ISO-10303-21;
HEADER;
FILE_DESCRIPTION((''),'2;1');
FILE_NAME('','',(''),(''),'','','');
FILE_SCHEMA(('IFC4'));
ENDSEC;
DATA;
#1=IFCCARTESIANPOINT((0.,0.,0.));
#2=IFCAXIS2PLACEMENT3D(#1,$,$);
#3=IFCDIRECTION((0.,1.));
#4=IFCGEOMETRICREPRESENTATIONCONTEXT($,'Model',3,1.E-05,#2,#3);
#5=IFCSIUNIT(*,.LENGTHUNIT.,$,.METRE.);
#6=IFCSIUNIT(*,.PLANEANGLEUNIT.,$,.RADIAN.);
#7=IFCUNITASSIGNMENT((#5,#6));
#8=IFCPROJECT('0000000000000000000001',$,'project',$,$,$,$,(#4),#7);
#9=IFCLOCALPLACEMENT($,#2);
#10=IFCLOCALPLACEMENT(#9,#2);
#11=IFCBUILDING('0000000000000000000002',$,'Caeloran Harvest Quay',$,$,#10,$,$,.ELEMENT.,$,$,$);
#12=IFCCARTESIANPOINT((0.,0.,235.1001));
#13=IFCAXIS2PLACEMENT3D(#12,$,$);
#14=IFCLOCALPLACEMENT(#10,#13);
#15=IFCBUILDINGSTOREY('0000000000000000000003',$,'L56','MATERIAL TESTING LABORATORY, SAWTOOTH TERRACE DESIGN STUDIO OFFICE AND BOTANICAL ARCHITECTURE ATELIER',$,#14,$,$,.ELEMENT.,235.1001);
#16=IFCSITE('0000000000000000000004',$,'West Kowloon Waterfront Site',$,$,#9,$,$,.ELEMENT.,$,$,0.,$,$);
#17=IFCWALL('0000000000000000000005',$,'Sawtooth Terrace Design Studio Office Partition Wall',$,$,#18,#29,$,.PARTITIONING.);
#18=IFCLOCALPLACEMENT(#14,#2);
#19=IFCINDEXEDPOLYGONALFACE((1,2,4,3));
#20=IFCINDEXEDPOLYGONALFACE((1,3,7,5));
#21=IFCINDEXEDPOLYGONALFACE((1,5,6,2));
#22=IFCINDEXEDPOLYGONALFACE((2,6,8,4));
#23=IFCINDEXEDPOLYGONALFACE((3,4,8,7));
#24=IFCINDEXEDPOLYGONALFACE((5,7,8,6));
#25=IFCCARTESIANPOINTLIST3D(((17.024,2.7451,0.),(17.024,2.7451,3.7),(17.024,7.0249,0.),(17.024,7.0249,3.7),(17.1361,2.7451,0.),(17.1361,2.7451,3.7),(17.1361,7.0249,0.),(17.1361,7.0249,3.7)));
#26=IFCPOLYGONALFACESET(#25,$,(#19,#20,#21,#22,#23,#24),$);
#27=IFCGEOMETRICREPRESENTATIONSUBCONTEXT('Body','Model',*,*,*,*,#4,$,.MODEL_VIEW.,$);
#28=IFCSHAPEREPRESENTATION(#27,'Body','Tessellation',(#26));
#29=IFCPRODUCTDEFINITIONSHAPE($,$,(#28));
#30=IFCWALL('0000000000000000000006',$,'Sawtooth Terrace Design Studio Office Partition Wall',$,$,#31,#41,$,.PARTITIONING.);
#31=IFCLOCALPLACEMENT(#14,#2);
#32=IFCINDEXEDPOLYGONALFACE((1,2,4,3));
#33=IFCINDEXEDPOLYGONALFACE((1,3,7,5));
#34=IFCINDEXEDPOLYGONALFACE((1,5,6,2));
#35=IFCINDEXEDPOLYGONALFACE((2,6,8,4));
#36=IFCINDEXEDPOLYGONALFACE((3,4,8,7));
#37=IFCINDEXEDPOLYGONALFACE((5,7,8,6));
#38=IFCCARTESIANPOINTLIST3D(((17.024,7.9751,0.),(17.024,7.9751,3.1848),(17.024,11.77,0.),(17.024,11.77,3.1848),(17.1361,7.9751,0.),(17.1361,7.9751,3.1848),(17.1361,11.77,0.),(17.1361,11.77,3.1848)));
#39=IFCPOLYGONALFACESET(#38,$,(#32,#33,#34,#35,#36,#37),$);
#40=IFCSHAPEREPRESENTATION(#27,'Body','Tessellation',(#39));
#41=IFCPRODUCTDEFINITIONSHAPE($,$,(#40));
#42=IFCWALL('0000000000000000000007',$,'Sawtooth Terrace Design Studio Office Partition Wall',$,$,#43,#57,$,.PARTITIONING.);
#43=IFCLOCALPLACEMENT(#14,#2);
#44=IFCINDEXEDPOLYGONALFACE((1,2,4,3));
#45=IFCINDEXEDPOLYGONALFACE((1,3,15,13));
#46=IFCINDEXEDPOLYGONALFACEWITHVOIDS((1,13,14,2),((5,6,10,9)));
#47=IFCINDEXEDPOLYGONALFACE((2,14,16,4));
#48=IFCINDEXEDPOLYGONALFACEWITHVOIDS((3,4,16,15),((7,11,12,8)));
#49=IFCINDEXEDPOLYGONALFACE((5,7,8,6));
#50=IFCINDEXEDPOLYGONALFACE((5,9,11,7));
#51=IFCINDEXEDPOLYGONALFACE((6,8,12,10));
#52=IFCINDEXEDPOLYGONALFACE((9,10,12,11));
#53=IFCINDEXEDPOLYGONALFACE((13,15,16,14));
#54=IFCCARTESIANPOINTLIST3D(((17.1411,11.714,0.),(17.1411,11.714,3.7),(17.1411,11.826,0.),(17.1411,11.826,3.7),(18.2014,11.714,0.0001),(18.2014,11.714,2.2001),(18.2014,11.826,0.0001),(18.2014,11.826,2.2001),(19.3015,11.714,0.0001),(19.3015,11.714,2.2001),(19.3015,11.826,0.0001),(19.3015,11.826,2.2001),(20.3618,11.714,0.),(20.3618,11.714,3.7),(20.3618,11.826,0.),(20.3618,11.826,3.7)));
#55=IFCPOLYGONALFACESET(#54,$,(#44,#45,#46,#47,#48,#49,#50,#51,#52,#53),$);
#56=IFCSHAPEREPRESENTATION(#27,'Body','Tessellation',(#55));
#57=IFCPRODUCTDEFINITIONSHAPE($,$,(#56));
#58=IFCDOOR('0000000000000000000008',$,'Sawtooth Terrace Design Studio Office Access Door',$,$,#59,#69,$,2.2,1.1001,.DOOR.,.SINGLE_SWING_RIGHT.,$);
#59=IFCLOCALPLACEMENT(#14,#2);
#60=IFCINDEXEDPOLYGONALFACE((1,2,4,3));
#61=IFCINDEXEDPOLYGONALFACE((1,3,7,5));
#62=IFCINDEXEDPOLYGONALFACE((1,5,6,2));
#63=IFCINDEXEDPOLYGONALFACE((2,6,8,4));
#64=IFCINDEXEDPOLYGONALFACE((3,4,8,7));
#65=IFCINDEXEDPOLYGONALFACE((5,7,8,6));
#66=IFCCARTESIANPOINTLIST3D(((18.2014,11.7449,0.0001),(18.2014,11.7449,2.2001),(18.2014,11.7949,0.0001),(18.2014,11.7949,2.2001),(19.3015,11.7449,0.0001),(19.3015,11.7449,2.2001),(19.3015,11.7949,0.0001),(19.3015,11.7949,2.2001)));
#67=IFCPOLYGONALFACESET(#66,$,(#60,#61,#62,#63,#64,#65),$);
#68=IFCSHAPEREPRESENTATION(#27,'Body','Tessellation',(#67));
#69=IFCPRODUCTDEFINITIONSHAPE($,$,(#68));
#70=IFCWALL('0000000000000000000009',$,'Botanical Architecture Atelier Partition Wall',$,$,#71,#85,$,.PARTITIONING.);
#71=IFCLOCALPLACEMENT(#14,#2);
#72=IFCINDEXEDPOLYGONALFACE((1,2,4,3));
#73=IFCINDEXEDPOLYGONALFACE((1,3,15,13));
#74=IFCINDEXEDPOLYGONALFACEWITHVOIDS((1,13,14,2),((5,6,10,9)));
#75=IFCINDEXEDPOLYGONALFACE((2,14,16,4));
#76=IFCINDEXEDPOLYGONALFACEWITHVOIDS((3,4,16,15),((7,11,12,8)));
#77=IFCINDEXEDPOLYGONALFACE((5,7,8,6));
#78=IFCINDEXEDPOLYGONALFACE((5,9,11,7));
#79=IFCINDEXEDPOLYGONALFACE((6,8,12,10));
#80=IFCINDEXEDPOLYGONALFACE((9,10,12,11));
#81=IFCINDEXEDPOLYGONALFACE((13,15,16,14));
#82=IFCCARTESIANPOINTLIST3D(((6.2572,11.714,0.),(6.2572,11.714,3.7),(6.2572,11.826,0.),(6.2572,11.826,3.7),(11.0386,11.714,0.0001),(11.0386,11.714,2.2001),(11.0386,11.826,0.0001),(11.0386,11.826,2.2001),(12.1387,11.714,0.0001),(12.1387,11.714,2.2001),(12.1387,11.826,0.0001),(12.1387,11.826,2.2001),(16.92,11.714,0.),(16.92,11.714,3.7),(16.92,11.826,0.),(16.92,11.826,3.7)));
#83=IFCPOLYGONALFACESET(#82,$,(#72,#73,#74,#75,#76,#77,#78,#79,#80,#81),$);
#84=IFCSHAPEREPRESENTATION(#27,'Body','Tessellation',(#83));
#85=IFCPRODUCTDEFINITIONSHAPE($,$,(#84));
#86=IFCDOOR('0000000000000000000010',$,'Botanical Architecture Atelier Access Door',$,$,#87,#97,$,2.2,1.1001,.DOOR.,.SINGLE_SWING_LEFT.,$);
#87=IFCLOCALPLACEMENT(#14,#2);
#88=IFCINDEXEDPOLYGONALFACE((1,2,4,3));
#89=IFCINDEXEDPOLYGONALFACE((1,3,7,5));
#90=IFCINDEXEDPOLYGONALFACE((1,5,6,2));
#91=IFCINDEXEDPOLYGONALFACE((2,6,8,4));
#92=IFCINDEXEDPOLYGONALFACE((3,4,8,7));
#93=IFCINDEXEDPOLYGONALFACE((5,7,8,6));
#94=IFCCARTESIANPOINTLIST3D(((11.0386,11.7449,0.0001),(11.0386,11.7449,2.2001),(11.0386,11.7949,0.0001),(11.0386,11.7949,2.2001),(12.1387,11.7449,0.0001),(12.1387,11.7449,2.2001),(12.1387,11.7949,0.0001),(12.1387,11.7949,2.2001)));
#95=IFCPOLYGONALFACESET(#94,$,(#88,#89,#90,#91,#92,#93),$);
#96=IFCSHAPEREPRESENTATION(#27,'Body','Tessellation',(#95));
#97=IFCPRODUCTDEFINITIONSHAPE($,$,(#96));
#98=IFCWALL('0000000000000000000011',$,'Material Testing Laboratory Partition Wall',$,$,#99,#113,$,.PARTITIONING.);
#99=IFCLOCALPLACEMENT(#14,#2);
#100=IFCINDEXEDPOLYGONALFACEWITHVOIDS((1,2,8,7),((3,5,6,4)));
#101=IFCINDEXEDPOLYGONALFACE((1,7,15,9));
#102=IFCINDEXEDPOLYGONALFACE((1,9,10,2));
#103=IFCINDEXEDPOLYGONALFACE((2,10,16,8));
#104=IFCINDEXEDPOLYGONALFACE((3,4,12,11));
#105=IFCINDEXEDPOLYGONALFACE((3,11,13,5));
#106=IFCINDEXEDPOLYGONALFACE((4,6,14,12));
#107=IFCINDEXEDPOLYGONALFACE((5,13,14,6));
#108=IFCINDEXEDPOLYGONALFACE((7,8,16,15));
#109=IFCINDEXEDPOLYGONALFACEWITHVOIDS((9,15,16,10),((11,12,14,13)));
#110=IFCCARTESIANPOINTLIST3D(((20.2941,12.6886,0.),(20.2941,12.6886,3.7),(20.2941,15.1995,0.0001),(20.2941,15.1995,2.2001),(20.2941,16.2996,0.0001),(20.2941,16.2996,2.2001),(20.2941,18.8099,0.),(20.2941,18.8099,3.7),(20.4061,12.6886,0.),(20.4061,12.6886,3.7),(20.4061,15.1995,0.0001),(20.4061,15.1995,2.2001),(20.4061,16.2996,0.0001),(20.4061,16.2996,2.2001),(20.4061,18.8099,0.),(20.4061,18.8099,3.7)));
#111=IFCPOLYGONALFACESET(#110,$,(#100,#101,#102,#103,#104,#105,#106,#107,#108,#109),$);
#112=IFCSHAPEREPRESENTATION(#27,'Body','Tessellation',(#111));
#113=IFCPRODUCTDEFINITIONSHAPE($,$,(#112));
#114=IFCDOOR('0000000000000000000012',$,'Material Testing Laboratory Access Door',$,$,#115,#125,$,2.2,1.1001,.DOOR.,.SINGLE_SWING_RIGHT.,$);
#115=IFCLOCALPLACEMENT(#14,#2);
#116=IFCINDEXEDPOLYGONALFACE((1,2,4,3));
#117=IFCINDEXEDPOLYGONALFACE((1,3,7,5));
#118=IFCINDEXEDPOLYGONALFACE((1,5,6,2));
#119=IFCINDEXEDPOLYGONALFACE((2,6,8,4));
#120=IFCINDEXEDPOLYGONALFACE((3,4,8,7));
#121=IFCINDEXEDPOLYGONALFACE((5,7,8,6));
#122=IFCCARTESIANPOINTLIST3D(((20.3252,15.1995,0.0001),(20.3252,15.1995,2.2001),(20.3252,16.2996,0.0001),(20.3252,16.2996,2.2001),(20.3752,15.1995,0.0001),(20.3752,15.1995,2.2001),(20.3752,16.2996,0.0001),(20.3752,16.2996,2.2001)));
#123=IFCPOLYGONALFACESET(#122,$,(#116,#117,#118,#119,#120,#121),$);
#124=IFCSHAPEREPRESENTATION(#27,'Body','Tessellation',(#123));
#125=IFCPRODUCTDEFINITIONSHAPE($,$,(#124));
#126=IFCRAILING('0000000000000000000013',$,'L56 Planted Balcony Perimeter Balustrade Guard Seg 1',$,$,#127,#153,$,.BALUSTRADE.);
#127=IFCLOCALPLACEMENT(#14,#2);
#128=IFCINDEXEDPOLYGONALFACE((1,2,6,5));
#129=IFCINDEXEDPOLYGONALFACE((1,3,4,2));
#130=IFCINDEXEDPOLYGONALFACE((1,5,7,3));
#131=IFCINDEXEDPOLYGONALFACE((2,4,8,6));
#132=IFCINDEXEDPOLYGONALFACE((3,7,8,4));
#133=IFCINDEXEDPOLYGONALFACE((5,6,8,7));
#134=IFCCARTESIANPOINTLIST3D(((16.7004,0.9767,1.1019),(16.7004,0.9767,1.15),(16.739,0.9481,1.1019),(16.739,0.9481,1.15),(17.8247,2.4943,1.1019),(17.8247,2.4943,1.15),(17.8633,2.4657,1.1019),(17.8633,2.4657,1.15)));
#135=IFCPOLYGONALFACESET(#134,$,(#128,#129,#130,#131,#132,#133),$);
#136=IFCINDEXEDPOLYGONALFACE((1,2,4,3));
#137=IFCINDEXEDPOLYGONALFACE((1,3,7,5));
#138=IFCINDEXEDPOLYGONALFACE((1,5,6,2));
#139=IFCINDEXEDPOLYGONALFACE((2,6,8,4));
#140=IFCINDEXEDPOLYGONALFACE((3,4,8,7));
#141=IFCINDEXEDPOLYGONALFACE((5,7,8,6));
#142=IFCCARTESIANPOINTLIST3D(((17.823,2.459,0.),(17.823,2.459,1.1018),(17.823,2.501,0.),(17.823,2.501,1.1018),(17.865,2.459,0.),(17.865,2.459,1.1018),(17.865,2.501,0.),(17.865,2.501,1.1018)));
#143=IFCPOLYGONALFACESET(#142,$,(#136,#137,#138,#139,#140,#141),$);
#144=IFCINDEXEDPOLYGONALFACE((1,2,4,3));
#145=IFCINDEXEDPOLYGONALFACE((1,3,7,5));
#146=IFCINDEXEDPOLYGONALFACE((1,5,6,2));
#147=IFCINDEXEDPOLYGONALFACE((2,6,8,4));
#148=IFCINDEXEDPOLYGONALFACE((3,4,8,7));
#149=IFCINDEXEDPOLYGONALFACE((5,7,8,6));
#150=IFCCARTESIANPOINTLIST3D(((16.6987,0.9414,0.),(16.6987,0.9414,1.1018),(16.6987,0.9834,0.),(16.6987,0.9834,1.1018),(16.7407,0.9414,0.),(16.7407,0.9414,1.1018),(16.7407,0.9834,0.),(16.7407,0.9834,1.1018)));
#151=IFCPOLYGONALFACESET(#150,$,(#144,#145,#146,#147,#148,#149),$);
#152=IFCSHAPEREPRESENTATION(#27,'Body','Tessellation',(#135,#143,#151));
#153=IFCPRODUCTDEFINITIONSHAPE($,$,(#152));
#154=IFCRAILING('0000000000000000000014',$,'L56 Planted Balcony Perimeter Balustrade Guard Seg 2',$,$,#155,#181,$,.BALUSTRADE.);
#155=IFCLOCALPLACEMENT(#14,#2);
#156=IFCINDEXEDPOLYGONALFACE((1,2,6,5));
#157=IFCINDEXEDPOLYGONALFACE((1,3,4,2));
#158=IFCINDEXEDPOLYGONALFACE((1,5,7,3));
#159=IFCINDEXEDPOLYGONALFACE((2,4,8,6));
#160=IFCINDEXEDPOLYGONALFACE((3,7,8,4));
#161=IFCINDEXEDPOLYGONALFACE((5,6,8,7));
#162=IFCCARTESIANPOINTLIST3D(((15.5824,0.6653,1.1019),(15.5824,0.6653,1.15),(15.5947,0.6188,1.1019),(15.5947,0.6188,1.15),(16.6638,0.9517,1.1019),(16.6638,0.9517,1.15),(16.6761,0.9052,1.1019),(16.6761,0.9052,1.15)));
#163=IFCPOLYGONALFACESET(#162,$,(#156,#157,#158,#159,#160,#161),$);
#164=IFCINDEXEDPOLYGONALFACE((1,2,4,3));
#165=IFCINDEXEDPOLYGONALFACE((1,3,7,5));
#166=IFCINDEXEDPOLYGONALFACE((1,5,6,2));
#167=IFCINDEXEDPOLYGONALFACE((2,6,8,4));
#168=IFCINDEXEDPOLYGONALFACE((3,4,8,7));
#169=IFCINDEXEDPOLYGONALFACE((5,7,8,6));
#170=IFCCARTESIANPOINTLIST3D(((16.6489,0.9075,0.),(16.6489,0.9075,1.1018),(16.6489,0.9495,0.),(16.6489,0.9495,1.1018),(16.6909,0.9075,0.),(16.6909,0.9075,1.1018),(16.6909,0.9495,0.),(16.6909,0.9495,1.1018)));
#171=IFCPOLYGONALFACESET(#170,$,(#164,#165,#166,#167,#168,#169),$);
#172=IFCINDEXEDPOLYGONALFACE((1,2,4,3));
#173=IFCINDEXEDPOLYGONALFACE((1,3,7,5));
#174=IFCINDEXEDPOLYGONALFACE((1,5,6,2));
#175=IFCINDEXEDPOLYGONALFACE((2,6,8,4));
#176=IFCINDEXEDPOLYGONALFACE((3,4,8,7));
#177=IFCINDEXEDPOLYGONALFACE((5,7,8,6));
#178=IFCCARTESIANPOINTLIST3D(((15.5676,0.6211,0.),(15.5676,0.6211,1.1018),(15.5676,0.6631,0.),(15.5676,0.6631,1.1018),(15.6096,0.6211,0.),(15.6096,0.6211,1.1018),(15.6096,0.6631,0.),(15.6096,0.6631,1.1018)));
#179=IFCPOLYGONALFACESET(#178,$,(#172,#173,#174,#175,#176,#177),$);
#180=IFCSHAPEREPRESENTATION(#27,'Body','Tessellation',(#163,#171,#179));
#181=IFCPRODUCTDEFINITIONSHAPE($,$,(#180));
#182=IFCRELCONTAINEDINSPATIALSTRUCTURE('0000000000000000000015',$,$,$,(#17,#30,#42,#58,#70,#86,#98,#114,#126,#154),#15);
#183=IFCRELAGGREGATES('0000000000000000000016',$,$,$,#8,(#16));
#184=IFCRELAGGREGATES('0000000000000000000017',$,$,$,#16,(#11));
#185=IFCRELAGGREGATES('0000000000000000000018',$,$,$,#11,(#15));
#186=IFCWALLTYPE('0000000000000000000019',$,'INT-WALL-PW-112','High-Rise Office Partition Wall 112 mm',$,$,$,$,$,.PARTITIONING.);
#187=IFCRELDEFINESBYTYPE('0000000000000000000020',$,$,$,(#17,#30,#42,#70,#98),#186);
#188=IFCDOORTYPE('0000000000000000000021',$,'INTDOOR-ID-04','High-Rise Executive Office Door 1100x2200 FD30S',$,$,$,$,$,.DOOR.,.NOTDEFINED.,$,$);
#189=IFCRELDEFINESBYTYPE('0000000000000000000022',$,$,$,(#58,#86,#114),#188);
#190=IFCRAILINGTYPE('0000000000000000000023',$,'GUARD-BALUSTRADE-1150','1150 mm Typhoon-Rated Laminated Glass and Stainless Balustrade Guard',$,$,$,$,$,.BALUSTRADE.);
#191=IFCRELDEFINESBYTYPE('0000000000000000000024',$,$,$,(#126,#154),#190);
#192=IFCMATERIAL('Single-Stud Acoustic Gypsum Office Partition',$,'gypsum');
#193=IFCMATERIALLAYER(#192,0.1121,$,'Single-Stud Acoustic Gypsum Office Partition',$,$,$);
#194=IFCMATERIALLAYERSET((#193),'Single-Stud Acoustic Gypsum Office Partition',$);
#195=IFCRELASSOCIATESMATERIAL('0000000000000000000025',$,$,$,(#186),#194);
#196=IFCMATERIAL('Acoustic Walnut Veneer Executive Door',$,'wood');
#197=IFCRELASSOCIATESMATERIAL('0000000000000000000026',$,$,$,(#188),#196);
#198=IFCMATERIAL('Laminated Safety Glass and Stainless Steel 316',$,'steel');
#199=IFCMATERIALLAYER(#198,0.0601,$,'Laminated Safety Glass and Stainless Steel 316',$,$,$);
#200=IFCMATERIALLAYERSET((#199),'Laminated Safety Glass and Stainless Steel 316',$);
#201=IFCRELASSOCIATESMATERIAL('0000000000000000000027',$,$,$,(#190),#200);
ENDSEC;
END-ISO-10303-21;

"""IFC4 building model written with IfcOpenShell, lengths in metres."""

from ifc_helpers import new_model, si_unit, direction, frame, frame_2d, origin, origin_2d, place, context, subcontext, project, spatial, rectangle, extrude, material, layer, layer_set, type_object, element, fill, save


model = new_model("IFC4")

# Units and contexts
model_context = context("Model", 3, precision=1e-05, world=origin(), true_north=direction((0.0, 1.0)))
body_context = subcontext(model_context, "Body", "Model", "MODEL_VIEW")
ifc_project = project(units=[si_unit("LENGTHUNIT", "METRE"), si_unit("PLANEANGLEUNIT", "RADIAN")], contexts=[model_context])

# Site, building, storey
site_placement = place(None, origin())
site = spatial("IfcSite", under=ifc_project, at=site_placement, Name="West Kowloon Waterfront Site", CompositionType="ELEMENT", RefElevation=0.0)
building_placement = place(site_placement, origin())
building = spatial("IfcBuilding", under=site, at=building_placement, Name="Caeloran Harvest Quay", CompositionType="ELEMENT")
storey_placement = place(building_placement, frame((0.0, 0.0, 235.1001)))
storey = spatial("IfcBuildingStorey", under=building, at=storey_placement, Name="L56", Description="MATERIAL TESTING LABORATORY, SAWTOOTH TERRACE DESIGN STUDIO OFFICE AND BOTANICAL ARCHITECTURE ATELIER", CompositionType="ELEMENT", Elevation=235.1001)

# Walls
ifc_material_1 = material(Name="Single-Stud Acoustic Gypsum Office Partition", Category="gypsum")
ifc_layer_1 = layer(ifc_material_1, 0.1121, Name="Single-Stud Acoustic Gypsum Office Partition")
ifc_layer_set_1 = layer_set([ifc_layer_1], Name="Single-Stud Acoustic Gypsum Office Partition")
wall_type_1 = type_object("IfcWallType", Name="INT-WALL-PW-112", Description="High-Rise Office Partition Wall 112 mm", PredefinedType="PARTITIONING", material=ifc_layer_set_1)
wall_1_placement = place(storey_placement, frame((17.0801, 2.7451, 0.0), z_axis=(0.0, 0.0, 1.0), x_axis=(0.0, 1.0, 0.0)))
element("IfcWall", 1, at=wall_1_placement, inside=storey, type_object=wall_type_1, Name="Sawtooth Terrace Design Studio Office Partition Wall", PredefinedType="PARTITIONING", context=body_context, shape_type="SweptSolid", body=[
    extrude(rectangle(XDim=4.2798, YDim=0.1121, at=frame_2d((2.1399, 0.0))), origin(), (0.0, 0.0, 1.0), 3.7),
])
wall_2_placement = place(storey_placement, frame((17.0801, 7.9751, 0.0), z_axis=(0.0, 0.0, 1.0), x_axis=(0.0, 1.0, 0.0)))
element("IfcWall", 2, at=wall_2_placement, inside=storey, type_object=wall_type_1, Name="Sawtooth Terrace Design Studio Office Partition Wall", PredefinedType="PARTITIONING", context=body_context, shape_type="SweptSolid", body=[
    extrude(rectangle(XDim=3.7949, YDim=0.1121, at=frame_2d((1.8975, 0.0))), origin(), (0.0, 0.0, 1.0), 3.1848),
])

# Walls, openings, doors
wall_3_placement = place(storey_placement, frame((17.1411, 11.77, 0.0), z_axis=(0.0, 0.0, 1.0), x_axis=(1.0, 0.0, 0.0)))
wall_3 = element("IfcWall", 3, at=wall_3_placement, inside=storey, type_object=wall_type_1, Name="Sawtooth Terrace Design Studio Office Partition Wall", PredefinedType="PARTITIONING", context=body_context, shape_type="SweptSolid", body=[
    extrude(rectangle(XDim=3.2207, YDim=0.1121, at=frame_2d((1.6104, 0.0))), origin(), (0.0, 0.0, 1.0), 3.7),
])
opening_1_placement = place(wall_3_placement, frame((1.0603, 0.0, 0.0)))
opening_1 = element("IfcOpeningElement", 4, at=opening_1_placement, cuts=wall_3, PredefinedType="OPENING", context=body_context, shape_type="SweptSolid", body=[
    extrude(rectangle(XDim=1.1001, YDim=2.2, at=frame_2d((0.55, 1.1001))), frame((0.0, 0.0659, 0.0), z_axis=(0.0, -1.0, 0.0), x_axis=(1.0, 0.0, 0.0)), (0.0, 0.0, 1.0), 0.1321),
])
ifc_material_2 = material(Name="Acoustic Walnut Veneer Executive Door", Category="wood")
door_type_1 = type_object("IfcDoorType", Name="INTDOOR-ID-04", Description="High-Rise Executive Office Door 1100x2200 FD30S", OperationType="NOTDEFINED", PredefinedType="DOOR", material=ifc_material_2)
door_1_placement = place(opening_1_placement, origin())
door_1 = element("IfcDoor", 5, at=door_1_placement, inside=storey, type_object=door_type_1, Name="Sawtooth Terrace Design Studio Office Access Door", OperationType="SINGLE_SWING_RIGHT", OverallHeight=2.2, OverallWidth=1.1001, PredefinedType="DOOR", context=body_context, shape_type="SweptSolid", body=[
    extrude(rectangle(XDim=1.1001, YDim=2.2, at=frame_2d((0.55, 1.1001))), frame((0.0, 0.0249, 0.0), z_axis=(0.0, -1.0, 0.0), x_axis=(1.0, 0.0, 0.0)), (0.0, 0.0, 1.0), 0.05),
])
fill(opening_1, door_1)
wall_4_placement = place(storey_placement, frame((6.2571, 11.77, 0.0), z_axis=(0.0, 0.0, 1.0), x_axis=(1.0, 0.0, 0.0)))
wall_4 = element("IfcWall", 6, at=wall_4_placement, inside=storey, type_object=wall_type_1, Name="Botanical Architecture Atelier Partition Wall", PredefinedType="PARTITIONING", context=body_context, shape_type="SweptSolid", body=[
    extrude(rectangle(XDim=10.6628, YDim=0.1121, at=frame_2d((5.3315, 0.0))), origin(), (0.0, 0.0, 1.0), 3.7),
])
opening_2_placement = place(wall_4_placement, frame((4.7815, 0.0, 0.0)))
opening_2 = element("IfcOpeningElement", 7, at=opening_2_placement, cuts=wall_4, PredefinedType="OPENING", context=body_context, shape_type="SweptSolid", body=[
    extrude(rectangle(XDim=1.1001, YDim=2.2, at=frame_2d((0.55, 1.1001))), frame((0.0, 0.0659, 0.0), z_axis=(0.0, -1.0, 0.0), x_axis=(1.0, 0.0, 0.0)), (0.0, 0.0, 1.0), 0.1321),
])
door_2_placement = place(opening_2_placement, origin())
door_2 = element("IfcDoor", 8, at=door_2_placement, inside=storey, type_object=door_type_1, Name="Botanical Architecture Atelier Access Door", OperationType="SINGLE_SWING_LEFT", OverallHeight=2.2, OverallWidth=1.1001, PredefinedType="DOOR", context=body_context, shape_type="SweptSolid", body=[
    extrude(rectangle(XDim=1.1001, YDim=2.2, at=frame_2d((0.55, 1.1001))), frame((0.0, 0.0249, 0.0), z_axis=(0.0, -1.0, 0.0), x_axis=(1.0, 0.0, 0.0)), (0.0, 0.0, 1.0), 0.05),
])
fill(opening_2, door_2)
wall_5_placement = place(storey_placement, frame((20.3501, 12.6887, 0.0), z_axis=(0.0, 0.0, 1.0), x_axis=(0.0, 1.0, 0.0)))
wall_5 = element("IfcWall", 9, at=wall_5_placement, inside=storey, type_object=wall_type_1, Name="Material Testing Laboratory Partition Wall", PredefinedType="PARTITIONING", context=body_context, shape_type="SweptSolid", body=[
    extrude(rectangle(XDim=6.1213, YDim=0.1121, at=frame_2d((3.0605, 0.0))), origin(), (0.0, 0.0, 1.0), 3.7),
])
opening_3_placement = place(wall_5_placement, frame((2.5107, 0.0, 0.0)))
opening_3 = element("IfcOpeningElement", 10, at=opening_3_placement, cuts=wall_5, PredefinedType="OPENING", context=body_context, shape_type="SweptSolid", body=[
    extrude(rectangle(XDim=1.1001, YDim=2.2, at=frame_2d((0.55, 1.1001))), frame((0.0, 0.0659, 0.0), z_axis=(0.0, -1.0, 0.0), x_axis=(1.0, 0.0, 0.0)), (0.0, 0.0, 1.0), 0.1321),
])
door_3_placement = place(opening_3_placement, origin())
door_3 = element("IfcDoor", 11, at=door_3_placement, inside=storey, type_object=door_type_1, Name="Material Testing Laboratory Access Door", OperationType="SINGLE_SWING_RIGHT", OverallHeight=2.2, OverallWidth=1.1001, PredefinedType="DOOR", context=body_context, shape_type="SweptSolid", body=[
    extrude(rectangle(XDim=1.1001, YDim=2.2, at=frame_2d((0.55, 1.1001))), frame((0.0, 0.0249, 0.0), z_axis=(0.0, -1.0, 0.0), x_axis=(1.0, 0.0, 0.0)), (0.0, 0.0, 1.0), 0.05),
])
fill(opening_3, door_3)

# Railings
ifc_material_3 = material(Name="Laminated Safety Glass and Stainless Steel 316", Category="steel")
ifc_layer_2 = layer(ifc_material_3, 0.0601, Name="Laminated Safety Glass and Stainless Steel 316")
ifc_layer_set_2 = layer_set([ifc_layer_2], Name="Laminated Safety Glass and Stainless Steel 316")
railing_type = type_object("IfcRailingType", Name="GUARD-BALUSTRADE-1150", Description="1150 mm Typhoon-Rated Laminated Glass and Stainless Balustrade Guard", PredefinedType="BALUSTRADE", material=ifc_layer_set_2)
railing_1_placement = place(storey_placement, frame((17.844, 2.48, 0.0)))
element("IfcRailing", 12, at=railing_1_placement, inside=storey, type_object=railing_type, Name="L56 Planted Balcony Perimeter Balustrade Guard Seg 1", PredefinedType="BALUSTRADE", context=body_context, shape_type="SweptSolid", body=[
    extrude(rectangle(XDim=0.0481, YDim=0.0481, at=origin_2d()), frame((0.0, 0.0, 1.126), z_axis=(-0.595274, -0.803523, 0.0), x_axis=(0.803523, -0.595274, 0.0)), (0.0, 0.0, 1.0), 1.8887),
    extrude(rectangle(XDim=0.042, YDim=0.042, at=origin_2d()), origin(), (0.0, 0.0, 1.0), 1.1018),
    extrude(rectangle(XDim=0.042, YDim=0.042, at=origin_2d()), frame((-1.1243, -1.5176, 0.0)), (0.0, 0.0, 1.0), 1.1018),
])
railing_2_placement = place(storey_placement, frame((16.6699, 0.9285, 0.0)))
element("IfcRailing", 13, at=railing_2_placement, inside=storey, type_object=railing_type, Name="L56 Planted Balcony Perimeter Balustrade Guard Seg 2", PredefinedType="BALUSTRADE", context=body_context, shape_type="SweptSolid", body=[
    extrude(rectangle(XDim=0.0481, YDim=0.0481, at=origin_2d()), frame((0.0, 0.0, 1.126), z_axis=(-0.966672, -0.256019, 0.0), x_axis=(0.256019, -0.966672, 0.0)), (0.0, 0.0, 1.0), 1.1187),
    extrude(rectangle(XDim=0.042, YDim=0.042, at=origin_2d()), origin(), (0.0, 0.0, 1.0), 1.1018),
    extrude(rectangle(XDim=0.042, YDim=0.042, at=origin_2d()), frame((-1.0813, -0.2864, 0.0)), (0.0, 0.0, 1.0), 1.1018),
])

save(model, "model.ifc")
